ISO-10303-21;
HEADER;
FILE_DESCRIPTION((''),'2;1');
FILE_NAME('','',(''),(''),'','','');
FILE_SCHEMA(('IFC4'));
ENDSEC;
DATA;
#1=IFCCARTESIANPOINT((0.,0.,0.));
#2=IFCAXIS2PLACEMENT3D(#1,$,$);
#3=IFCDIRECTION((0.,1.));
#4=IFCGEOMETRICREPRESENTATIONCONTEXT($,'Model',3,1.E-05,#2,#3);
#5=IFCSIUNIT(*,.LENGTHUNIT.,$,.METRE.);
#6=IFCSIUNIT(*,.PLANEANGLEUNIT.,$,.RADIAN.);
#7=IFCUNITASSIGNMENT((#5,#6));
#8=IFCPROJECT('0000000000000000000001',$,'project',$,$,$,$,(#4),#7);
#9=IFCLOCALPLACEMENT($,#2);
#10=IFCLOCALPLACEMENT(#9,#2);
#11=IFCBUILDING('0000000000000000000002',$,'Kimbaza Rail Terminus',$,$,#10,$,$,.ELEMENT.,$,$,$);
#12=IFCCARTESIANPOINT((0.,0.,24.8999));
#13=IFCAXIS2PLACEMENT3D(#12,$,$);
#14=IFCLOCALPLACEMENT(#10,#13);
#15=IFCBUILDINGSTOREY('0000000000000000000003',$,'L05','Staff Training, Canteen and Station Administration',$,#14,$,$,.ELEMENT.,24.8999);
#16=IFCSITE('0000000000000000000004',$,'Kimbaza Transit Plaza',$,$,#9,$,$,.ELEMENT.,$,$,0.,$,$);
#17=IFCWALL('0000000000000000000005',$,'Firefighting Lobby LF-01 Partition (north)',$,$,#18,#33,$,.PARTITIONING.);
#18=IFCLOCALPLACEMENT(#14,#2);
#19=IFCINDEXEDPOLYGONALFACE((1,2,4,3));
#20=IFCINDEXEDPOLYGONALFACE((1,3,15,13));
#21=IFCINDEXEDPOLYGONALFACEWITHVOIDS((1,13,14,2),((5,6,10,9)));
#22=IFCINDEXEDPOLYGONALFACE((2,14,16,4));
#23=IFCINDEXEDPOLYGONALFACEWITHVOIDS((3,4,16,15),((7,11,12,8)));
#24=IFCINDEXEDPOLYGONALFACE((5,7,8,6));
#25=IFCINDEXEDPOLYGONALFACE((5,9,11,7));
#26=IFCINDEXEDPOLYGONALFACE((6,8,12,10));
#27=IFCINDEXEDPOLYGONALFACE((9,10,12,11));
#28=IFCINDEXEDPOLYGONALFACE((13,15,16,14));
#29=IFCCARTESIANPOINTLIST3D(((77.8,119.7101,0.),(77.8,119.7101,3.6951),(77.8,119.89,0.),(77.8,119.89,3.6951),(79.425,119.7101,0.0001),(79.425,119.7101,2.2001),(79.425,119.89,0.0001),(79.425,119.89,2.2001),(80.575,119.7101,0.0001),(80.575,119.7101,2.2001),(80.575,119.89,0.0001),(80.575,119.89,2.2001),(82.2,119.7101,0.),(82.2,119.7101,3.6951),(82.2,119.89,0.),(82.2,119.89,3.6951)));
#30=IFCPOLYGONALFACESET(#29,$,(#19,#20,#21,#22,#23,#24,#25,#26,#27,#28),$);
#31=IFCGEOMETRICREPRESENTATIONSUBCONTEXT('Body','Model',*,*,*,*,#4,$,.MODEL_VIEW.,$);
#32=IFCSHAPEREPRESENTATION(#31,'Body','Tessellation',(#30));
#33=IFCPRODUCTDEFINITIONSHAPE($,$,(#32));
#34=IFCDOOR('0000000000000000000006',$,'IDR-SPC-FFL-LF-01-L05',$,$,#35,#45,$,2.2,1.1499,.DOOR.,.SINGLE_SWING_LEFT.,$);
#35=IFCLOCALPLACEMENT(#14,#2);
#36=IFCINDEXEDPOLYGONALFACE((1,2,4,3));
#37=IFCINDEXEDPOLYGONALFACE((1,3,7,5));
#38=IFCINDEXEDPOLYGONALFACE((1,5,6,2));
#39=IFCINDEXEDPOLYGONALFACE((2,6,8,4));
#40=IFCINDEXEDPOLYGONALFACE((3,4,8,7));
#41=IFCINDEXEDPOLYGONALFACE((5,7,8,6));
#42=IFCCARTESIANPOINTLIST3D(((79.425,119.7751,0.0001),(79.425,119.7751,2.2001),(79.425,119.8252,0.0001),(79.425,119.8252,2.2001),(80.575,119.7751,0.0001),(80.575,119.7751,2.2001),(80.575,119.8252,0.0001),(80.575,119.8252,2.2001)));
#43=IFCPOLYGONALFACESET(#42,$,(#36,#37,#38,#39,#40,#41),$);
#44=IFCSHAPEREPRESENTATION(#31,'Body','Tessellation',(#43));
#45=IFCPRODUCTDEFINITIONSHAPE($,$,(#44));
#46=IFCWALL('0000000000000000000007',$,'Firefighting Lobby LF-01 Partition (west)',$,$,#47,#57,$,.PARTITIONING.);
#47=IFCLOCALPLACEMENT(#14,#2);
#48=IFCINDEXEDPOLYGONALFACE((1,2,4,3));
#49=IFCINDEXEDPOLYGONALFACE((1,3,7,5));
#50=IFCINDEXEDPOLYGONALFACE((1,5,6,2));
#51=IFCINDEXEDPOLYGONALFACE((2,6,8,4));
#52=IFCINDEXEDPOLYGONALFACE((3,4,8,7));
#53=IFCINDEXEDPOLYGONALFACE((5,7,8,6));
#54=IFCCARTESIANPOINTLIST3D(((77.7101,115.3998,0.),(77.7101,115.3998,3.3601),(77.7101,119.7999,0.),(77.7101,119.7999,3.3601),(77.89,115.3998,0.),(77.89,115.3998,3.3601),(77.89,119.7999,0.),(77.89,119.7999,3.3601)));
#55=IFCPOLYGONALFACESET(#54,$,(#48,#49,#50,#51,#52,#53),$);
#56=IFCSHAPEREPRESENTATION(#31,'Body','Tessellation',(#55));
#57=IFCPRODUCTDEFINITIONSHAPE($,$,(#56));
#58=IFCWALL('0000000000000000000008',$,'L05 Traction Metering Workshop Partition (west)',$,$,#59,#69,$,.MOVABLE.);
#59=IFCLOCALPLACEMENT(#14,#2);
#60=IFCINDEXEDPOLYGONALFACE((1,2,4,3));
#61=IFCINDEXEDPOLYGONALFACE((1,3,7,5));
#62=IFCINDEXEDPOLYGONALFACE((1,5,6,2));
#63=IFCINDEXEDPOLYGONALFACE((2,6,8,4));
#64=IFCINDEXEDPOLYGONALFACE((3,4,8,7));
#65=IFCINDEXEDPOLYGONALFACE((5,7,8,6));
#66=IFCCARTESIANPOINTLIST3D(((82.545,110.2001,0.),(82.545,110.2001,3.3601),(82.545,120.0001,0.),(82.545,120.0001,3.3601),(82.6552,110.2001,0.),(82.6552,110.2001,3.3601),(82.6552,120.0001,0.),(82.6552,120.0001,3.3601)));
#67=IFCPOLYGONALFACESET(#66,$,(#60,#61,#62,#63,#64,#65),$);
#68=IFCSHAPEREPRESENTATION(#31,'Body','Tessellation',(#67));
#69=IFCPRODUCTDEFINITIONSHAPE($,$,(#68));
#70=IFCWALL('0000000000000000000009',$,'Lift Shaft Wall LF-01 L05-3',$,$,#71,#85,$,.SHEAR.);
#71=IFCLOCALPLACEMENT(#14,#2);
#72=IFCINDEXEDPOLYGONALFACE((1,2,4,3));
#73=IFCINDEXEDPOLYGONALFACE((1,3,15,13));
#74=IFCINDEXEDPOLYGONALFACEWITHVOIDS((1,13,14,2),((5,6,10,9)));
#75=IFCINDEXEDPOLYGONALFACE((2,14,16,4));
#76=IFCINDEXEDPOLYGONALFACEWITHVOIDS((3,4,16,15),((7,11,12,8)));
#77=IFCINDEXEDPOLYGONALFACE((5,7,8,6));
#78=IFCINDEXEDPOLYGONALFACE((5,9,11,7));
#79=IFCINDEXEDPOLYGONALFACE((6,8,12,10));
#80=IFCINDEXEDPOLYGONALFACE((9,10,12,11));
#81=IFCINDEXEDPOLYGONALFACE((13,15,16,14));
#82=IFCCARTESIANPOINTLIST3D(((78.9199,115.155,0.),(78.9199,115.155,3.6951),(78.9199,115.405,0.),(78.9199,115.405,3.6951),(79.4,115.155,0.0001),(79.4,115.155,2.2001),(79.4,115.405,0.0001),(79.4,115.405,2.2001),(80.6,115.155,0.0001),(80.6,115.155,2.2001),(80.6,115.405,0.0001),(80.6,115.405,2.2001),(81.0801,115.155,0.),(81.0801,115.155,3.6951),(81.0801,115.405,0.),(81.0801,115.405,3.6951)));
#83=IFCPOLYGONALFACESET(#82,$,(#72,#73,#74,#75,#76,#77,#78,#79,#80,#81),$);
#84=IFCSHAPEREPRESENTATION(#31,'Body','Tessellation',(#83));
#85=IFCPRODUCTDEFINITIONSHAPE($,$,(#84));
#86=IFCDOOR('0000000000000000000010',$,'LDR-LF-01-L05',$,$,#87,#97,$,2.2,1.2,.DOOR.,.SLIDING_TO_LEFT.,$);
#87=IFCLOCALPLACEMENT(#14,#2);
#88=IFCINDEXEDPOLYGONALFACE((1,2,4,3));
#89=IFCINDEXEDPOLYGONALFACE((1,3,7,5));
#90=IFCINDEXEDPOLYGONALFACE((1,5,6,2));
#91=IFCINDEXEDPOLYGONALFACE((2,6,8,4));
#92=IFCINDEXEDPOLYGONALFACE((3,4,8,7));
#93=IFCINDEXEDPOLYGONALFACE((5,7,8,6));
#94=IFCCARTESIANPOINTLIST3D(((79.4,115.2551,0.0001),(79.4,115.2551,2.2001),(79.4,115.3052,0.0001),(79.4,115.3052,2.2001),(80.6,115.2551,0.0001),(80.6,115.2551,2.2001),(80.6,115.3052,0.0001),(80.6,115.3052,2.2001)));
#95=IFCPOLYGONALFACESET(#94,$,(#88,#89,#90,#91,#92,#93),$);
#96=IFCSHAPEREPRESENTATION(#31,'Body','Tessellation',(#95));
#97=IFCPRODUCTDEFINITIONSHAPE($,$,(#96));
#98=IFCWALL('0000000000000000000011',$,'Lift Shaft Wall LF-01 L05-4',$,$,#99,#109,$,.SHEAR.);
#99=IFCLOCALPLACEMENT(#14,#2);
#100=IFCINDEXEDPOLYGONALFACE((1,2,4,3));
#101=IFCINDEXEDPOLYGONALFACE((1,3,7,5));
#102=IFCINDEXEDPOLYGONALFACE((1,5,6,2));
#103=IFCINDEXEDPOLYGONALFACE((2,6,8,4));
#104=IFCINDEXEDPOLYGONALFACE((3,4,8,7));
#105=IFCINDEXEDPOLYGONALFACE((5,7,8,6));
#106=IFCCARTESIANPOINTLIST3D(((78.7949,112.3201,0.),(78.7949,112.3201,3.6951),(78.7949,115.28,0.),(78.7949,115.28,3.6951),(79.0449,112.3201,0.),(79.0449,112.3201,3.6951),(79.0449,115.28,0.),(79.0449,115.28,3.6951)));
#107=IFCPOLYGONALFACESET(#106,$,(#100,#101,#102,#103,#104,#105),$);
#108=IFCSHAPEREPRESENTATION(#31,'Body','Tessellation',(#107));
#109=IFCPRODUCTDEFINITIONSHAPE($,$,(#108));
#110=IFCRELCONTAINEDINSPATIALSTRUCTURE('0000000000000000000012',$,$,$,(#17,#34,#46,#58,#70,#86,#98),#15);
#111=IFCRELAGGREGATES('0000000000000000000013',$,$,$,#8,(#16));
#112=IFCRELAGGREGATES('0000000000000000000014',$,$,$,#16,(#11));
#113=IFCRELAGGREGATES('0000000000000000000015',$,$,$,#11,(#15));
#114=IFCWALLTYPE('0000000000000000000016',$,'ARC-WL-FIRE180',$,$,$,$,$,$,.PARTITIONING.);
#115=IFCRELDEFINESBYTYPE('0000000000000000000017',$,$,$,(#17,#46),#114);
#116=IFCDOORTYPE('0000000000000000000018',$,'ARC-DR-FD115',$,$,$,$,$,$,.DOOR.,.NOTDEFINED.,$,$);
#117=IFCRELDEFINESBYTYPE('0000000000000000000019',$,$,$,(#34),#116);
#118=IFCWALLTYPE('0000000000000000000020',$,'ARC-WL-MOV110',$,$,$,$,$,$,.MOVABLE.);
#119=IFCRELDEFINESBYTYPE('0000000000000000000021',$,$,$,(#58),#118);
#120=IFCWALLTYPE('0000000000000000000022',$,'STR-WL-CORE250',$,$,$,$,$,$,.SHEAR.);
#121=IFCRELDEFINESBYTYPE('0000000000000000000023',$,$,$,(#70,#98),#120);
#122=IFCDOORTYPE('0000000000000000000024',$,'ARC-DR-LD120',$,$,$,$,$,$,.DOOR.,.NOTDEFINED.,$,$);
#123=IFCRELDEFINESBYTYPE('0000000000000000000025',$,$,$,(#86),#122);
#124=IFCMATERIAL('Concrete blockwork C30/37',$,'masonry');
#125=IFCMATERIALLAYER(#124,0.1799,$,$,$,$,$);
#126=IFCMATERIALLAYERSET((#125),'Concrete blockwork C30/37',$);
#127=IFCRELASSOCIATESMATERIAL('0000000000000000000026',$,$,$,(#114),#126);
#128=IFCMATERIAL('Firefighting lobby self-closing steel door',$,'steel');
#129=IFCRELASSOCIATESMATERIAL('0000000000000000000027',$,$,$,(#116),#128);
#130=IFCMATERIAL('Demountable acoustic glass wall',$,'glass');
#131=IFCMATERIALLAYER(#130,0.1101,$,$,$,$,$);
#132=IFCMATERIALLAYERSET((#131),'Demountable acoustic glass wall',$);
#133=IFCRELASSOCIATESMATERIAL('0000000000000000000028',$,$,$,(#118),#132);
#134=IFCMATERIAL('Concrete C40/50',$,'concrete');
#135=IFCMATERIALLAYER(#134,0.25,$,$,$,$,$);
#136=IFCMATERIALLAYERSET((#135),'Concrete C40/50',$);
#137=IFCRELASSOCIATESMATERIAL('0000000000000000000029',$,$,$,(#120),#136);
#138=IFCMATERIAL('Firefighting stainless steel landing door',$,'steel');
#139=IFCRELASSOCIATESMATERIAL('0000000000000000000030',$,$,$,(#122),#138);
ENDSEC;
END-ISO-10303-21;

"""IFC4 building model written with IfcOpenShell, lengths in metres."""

from ifc_helpers import new_model, si_unit, direction, frame, frame_2d, origin, place, context, subcontext, project, spatial, rectangle, extrude, material, layer, layer_set, type_object, element, fill, save


model = new_model("IFC4")

# Units and contexts
model_context = context("Model", 3, precision=1e-05, world=origin(), true_north=direction((0.0, 1.0)))
body_context = subcontext(model_context, "Body", "Model", "MODEL_VIEW")
ifc_project = project(units=[si_unit("LENGTHUNIT", "METRE"), si_unit("PLANEANGLEUNIT", "RADIAN")], contexts=[model_context])

# Site, building, storey
site_placement = place(None, origin())
site = spatial("IfcSite", under=ifc_project, at=site_placement, Name="Kimbaza Transit Plaza", CompositionType="ELEMENT", RefElevation=0.0)
building_placement = place(site_placement, origin())
building = spatial("IfcBuilding", under=site, at=building_placement, Name="Kimbaza Rail Terminus", CompositionType="ELEMENT")
storey_placement = place(building_placement, frame((0.0, 0.0, 24.8999)))
storey = spatial("IfcBuildingStorey", under=building, at=storey_placement, Name="L05", Description="Staff Training, Canteen and Station Administration", CompositionType="ELEMENT", Elevation=24.8999)

# Shared definitions
ifc_material_1 = material(Name="Concrete blockwork C30/37", Category="masonry")
ifc_layer_1 = layer(ifc_material_1, 0.1799)
ifc_layer_set_1 = layer_set([ifc_layer_1], Name="Concrete blockwork C30/37")
wall_type_1 = type_object("IfcWallType", Name="ARC-WL-FIRE180", PredefinedType="PARTITIONING", material=ifc_layer_set_1)

# Wall, opening, door
wall_1_placement = place(storey_placement, frame((82.2, 119.8, 0.0), z_axis=(0.0, 0.0, 1.0), x_axis=(-1.0, 0.0, 0.0)))
wall_1 = element("IfcWall", 1, at=wall_1_placement, inside=storey, type_object=wall_type_1, Name="Firefighting Lobby LF-01 Partition (north)", PredefinedType="PARTITIONING", context=body_context, shape_type="SweptSolid", body=[
    extrude(rectangle(XDim=4.3999, YDim=0.1799, at=frame_2d((2.2, 0.0))), origin(), (0.0, 0.0, 1.0), 3.6951),
])
opening_1_placement = place(wall_1_placement, frame((1.625, 0.0, 0.0)))
opening_1 = element("IfcOpeningElement", 2, at=opening_1_placement, cuts=wall_1, PredefinedType="OPENING", context=body_context, shape_type="SweptSolid", body=[
    extrude(rectangle(XDim=1.1499, YDim=2.2, at=frame_2d((0.575, 1.1001))), frame((0.0, 0.0999, 0.0), z_axis=(0.0, -1.0, 0.0), x_axis=(1.0, 0.0, 0.0)), (0.0, 0.0, 1.0), 0.2),
])
ifc_material_2 = material(Name="Firefighting lobby self-closing steel door", Category="steel")
door_type_1 = type_object("IfcDoorType", Name="ARC-DR-FD115", OperationType="NOTDEFINED", PredefinedType="DOOR", material=ifc_material_2)
door_1_placement = place(opening_1_placement, origin())
door_1 = element("IfcDoor", 3, at=door_1_placement, inside=storey, type_object=door_type_1, Name="IDR-SPC-FFL-LF-01-L05", OperationType="SINGLE_SWING_LEFT", OverallHeight=2.2, OverallWidth=1.1499, PredefinedType="DOOR", context=body_context, shape_type="SweptSolid", body=[
    extrude(rectangle(XDim=1.1499, YDim=2.2, at=frame_2d((0.575, 1.1001))), frame((0.0, 0.0249, 0.0), z_axis=(0.0, -1.0, 0.0), x_axis=(1.0, 0.0, 0.0)), (0.0, 0.0, 1.0), 0.05),
])
fill(opening_1, door_1)

# Walls
wall_2_placement = place(storey_placement, frame((77.8, 119.8, 0.0), z_axis=(0.0, 0.0, 1.0), x_axis=(0.0, -1.0, 0.0)))
element("IfcWall", 4, at=wall_2_placement, inside=storey, type_object=wall_type_1, Name="Firefighting Lobby LF-01 Partition (west)", PredefinedType="PARTITIONING", context=body_context, shape_type="SweptSolid", body=[
    extrude(rectangle(XDim=4.4001, YDim=0.1799, at=frame_2d((2.2002, 0.0))), origin(), (0.0, 0.0, 1.0), 3.3601),
])
ifc_material_3 = material(Name="Demountable acoustic glass wall", Category="glass")
ifc_layer_2 = layer(ifc_material_3, 0.1101)
ifc_layer_set_2 = layer_set([ifc_layer_2], Name="Demountable acoustic glass wall")
wall_type_2 = type_object("IfcWallType", Name="ARC-WL-MOV110", PredefinedType="MOVABLE", material=ifc_layer_set_2)
wall_3_placement = place(storey_placement, frame((82.6001, 120.0, 0.0), z_axis=(0.0, 0.0, 1.0), x_axis=(0.0, -1.0, 0.0)))
element("IfcWall", 5, at=wall_3_placement, inside=storey, type_object=wall_type_2, Name="L05 Traction Metering Workshop Partition (west)", PredefinedType="MOVABLE", context=body_context, shape_type="SweptSolid", body=[
    extrude(rectangle(XDim=9.8, YDim=0.1101, at=frame_2d((4.8999, 0.0))), origin(), (0.0, 0.0, 1.0), 3.3601),
])

# Wall, opening, door
ifc_material_4 = material(Name="Concrete C40/50", Category="concrete")
ifc_layer_3 = layer(ifc_material_4, 0.25)
ifc_layer_set_3 = layer_set([ifc_layer_3], Name="Concrete C40/50")
wall_type_3 = type_object("IfcWallType", Name="STR-WL-CORE250", PredefinedType="SHEAR", material=ifc_layer_set_3)
wall_4_placement = place(storey_placement, frame((81.0801, 115.28, 0.0), z_axis=(0.0, 0.0, 1.0), x_axis=(-1.0, 0.0, 0.0)))
wall_4 = element("IfcWall", 6, at=wall_4_placement, inside=storey, type_object=wall_type_3, Name="Lift Shaft Wall LF-01 L05-3", PredefinedType="SHEAR", context=body_context, shape_type="SweptSolid", body=[
    extrude(rectangle(XDim=2.1602, YDim=0.25, at=frame_2d((1.0801, 0.0))), origin(), (0.0, 0.0, 1.0), 3.6951),
])
opening_2_placement = place(wall_4_placement, frame((0.48, 0.0, 0.0)))
opening_2 = element("IfcOpeningElement", 7, at=opening_2_placement, cuts=wall_4, PredefinedType="OPENING", context=body_context, shape_type="SweptSolid", body=[
    extrude(rectangle(XDim=1.2, YDim=2.2, at=frame_2d((0.6001, 1.1001))), frame((0.0, 0.135, 0.0), z_axis=(0.0, -1.0, 0.0), x_axis=(1.0, 0.0, 0.0)), (0.0, 0.0, 1.0), 0.27),
])
ifc_material_5 = material(Name="Firefighting stainless steel landing door", Category="steel")
door_type_2 = type_object("IfcDoorType", Name="ARC-DR-LD120", OperationType="NOTDEFINED", PredefinedType="DOOR", material=ifc_material_5)
door_2_placement = place(opening_2_placement, origin())
door_2 = element("IfcDoor", 8, at=door_2_placement, inside=storey, type_object=door_type_2, Name="LDR-LF-01-L05", OperationType="SLIDING_TO_LEFT", OverallHeight=2.2, OverallWidth=1.2, PredefinedType="DOOR", context=body_context, shape_type="SweptSolid", body=[
    extrude(rectangle(XDim=1.2, YDim=2.2, at=frame_2d((0.6001, 1.1001))), frame((0.0, 0.0249, 0.0), z_axis=(0.0, -1.0, 0.0), x_axis=(1.0, 0.0, 0.0)), (0.0, 0.0, 1.0), 0.05),
])
fill(opening_2, door_2)

# Wall
wall_5_placement = place(storey_placement, frame((78.9199, 115.28, 0.0), z_axis=(0.0, 0.0, 1.0), x_axis=(0.0, -1.0, 0.0)))
element("IfcWall", 9, at=wall_5_placement, inside=storey, type_object=wall_type_3, Name="Lift Shaft Wall LF-01 L05-4", PredefinedType="SHEAR", context=body_context, shape_type="SweptSolid", body=[
    extrude(rectangle(XDim=2.96, YDim=0.25, at=frame_2d((1.48, 0.0))), origin(), (0.0, 0.0, 1.0), 3.6951),
])

save(model, "model.ifc")
